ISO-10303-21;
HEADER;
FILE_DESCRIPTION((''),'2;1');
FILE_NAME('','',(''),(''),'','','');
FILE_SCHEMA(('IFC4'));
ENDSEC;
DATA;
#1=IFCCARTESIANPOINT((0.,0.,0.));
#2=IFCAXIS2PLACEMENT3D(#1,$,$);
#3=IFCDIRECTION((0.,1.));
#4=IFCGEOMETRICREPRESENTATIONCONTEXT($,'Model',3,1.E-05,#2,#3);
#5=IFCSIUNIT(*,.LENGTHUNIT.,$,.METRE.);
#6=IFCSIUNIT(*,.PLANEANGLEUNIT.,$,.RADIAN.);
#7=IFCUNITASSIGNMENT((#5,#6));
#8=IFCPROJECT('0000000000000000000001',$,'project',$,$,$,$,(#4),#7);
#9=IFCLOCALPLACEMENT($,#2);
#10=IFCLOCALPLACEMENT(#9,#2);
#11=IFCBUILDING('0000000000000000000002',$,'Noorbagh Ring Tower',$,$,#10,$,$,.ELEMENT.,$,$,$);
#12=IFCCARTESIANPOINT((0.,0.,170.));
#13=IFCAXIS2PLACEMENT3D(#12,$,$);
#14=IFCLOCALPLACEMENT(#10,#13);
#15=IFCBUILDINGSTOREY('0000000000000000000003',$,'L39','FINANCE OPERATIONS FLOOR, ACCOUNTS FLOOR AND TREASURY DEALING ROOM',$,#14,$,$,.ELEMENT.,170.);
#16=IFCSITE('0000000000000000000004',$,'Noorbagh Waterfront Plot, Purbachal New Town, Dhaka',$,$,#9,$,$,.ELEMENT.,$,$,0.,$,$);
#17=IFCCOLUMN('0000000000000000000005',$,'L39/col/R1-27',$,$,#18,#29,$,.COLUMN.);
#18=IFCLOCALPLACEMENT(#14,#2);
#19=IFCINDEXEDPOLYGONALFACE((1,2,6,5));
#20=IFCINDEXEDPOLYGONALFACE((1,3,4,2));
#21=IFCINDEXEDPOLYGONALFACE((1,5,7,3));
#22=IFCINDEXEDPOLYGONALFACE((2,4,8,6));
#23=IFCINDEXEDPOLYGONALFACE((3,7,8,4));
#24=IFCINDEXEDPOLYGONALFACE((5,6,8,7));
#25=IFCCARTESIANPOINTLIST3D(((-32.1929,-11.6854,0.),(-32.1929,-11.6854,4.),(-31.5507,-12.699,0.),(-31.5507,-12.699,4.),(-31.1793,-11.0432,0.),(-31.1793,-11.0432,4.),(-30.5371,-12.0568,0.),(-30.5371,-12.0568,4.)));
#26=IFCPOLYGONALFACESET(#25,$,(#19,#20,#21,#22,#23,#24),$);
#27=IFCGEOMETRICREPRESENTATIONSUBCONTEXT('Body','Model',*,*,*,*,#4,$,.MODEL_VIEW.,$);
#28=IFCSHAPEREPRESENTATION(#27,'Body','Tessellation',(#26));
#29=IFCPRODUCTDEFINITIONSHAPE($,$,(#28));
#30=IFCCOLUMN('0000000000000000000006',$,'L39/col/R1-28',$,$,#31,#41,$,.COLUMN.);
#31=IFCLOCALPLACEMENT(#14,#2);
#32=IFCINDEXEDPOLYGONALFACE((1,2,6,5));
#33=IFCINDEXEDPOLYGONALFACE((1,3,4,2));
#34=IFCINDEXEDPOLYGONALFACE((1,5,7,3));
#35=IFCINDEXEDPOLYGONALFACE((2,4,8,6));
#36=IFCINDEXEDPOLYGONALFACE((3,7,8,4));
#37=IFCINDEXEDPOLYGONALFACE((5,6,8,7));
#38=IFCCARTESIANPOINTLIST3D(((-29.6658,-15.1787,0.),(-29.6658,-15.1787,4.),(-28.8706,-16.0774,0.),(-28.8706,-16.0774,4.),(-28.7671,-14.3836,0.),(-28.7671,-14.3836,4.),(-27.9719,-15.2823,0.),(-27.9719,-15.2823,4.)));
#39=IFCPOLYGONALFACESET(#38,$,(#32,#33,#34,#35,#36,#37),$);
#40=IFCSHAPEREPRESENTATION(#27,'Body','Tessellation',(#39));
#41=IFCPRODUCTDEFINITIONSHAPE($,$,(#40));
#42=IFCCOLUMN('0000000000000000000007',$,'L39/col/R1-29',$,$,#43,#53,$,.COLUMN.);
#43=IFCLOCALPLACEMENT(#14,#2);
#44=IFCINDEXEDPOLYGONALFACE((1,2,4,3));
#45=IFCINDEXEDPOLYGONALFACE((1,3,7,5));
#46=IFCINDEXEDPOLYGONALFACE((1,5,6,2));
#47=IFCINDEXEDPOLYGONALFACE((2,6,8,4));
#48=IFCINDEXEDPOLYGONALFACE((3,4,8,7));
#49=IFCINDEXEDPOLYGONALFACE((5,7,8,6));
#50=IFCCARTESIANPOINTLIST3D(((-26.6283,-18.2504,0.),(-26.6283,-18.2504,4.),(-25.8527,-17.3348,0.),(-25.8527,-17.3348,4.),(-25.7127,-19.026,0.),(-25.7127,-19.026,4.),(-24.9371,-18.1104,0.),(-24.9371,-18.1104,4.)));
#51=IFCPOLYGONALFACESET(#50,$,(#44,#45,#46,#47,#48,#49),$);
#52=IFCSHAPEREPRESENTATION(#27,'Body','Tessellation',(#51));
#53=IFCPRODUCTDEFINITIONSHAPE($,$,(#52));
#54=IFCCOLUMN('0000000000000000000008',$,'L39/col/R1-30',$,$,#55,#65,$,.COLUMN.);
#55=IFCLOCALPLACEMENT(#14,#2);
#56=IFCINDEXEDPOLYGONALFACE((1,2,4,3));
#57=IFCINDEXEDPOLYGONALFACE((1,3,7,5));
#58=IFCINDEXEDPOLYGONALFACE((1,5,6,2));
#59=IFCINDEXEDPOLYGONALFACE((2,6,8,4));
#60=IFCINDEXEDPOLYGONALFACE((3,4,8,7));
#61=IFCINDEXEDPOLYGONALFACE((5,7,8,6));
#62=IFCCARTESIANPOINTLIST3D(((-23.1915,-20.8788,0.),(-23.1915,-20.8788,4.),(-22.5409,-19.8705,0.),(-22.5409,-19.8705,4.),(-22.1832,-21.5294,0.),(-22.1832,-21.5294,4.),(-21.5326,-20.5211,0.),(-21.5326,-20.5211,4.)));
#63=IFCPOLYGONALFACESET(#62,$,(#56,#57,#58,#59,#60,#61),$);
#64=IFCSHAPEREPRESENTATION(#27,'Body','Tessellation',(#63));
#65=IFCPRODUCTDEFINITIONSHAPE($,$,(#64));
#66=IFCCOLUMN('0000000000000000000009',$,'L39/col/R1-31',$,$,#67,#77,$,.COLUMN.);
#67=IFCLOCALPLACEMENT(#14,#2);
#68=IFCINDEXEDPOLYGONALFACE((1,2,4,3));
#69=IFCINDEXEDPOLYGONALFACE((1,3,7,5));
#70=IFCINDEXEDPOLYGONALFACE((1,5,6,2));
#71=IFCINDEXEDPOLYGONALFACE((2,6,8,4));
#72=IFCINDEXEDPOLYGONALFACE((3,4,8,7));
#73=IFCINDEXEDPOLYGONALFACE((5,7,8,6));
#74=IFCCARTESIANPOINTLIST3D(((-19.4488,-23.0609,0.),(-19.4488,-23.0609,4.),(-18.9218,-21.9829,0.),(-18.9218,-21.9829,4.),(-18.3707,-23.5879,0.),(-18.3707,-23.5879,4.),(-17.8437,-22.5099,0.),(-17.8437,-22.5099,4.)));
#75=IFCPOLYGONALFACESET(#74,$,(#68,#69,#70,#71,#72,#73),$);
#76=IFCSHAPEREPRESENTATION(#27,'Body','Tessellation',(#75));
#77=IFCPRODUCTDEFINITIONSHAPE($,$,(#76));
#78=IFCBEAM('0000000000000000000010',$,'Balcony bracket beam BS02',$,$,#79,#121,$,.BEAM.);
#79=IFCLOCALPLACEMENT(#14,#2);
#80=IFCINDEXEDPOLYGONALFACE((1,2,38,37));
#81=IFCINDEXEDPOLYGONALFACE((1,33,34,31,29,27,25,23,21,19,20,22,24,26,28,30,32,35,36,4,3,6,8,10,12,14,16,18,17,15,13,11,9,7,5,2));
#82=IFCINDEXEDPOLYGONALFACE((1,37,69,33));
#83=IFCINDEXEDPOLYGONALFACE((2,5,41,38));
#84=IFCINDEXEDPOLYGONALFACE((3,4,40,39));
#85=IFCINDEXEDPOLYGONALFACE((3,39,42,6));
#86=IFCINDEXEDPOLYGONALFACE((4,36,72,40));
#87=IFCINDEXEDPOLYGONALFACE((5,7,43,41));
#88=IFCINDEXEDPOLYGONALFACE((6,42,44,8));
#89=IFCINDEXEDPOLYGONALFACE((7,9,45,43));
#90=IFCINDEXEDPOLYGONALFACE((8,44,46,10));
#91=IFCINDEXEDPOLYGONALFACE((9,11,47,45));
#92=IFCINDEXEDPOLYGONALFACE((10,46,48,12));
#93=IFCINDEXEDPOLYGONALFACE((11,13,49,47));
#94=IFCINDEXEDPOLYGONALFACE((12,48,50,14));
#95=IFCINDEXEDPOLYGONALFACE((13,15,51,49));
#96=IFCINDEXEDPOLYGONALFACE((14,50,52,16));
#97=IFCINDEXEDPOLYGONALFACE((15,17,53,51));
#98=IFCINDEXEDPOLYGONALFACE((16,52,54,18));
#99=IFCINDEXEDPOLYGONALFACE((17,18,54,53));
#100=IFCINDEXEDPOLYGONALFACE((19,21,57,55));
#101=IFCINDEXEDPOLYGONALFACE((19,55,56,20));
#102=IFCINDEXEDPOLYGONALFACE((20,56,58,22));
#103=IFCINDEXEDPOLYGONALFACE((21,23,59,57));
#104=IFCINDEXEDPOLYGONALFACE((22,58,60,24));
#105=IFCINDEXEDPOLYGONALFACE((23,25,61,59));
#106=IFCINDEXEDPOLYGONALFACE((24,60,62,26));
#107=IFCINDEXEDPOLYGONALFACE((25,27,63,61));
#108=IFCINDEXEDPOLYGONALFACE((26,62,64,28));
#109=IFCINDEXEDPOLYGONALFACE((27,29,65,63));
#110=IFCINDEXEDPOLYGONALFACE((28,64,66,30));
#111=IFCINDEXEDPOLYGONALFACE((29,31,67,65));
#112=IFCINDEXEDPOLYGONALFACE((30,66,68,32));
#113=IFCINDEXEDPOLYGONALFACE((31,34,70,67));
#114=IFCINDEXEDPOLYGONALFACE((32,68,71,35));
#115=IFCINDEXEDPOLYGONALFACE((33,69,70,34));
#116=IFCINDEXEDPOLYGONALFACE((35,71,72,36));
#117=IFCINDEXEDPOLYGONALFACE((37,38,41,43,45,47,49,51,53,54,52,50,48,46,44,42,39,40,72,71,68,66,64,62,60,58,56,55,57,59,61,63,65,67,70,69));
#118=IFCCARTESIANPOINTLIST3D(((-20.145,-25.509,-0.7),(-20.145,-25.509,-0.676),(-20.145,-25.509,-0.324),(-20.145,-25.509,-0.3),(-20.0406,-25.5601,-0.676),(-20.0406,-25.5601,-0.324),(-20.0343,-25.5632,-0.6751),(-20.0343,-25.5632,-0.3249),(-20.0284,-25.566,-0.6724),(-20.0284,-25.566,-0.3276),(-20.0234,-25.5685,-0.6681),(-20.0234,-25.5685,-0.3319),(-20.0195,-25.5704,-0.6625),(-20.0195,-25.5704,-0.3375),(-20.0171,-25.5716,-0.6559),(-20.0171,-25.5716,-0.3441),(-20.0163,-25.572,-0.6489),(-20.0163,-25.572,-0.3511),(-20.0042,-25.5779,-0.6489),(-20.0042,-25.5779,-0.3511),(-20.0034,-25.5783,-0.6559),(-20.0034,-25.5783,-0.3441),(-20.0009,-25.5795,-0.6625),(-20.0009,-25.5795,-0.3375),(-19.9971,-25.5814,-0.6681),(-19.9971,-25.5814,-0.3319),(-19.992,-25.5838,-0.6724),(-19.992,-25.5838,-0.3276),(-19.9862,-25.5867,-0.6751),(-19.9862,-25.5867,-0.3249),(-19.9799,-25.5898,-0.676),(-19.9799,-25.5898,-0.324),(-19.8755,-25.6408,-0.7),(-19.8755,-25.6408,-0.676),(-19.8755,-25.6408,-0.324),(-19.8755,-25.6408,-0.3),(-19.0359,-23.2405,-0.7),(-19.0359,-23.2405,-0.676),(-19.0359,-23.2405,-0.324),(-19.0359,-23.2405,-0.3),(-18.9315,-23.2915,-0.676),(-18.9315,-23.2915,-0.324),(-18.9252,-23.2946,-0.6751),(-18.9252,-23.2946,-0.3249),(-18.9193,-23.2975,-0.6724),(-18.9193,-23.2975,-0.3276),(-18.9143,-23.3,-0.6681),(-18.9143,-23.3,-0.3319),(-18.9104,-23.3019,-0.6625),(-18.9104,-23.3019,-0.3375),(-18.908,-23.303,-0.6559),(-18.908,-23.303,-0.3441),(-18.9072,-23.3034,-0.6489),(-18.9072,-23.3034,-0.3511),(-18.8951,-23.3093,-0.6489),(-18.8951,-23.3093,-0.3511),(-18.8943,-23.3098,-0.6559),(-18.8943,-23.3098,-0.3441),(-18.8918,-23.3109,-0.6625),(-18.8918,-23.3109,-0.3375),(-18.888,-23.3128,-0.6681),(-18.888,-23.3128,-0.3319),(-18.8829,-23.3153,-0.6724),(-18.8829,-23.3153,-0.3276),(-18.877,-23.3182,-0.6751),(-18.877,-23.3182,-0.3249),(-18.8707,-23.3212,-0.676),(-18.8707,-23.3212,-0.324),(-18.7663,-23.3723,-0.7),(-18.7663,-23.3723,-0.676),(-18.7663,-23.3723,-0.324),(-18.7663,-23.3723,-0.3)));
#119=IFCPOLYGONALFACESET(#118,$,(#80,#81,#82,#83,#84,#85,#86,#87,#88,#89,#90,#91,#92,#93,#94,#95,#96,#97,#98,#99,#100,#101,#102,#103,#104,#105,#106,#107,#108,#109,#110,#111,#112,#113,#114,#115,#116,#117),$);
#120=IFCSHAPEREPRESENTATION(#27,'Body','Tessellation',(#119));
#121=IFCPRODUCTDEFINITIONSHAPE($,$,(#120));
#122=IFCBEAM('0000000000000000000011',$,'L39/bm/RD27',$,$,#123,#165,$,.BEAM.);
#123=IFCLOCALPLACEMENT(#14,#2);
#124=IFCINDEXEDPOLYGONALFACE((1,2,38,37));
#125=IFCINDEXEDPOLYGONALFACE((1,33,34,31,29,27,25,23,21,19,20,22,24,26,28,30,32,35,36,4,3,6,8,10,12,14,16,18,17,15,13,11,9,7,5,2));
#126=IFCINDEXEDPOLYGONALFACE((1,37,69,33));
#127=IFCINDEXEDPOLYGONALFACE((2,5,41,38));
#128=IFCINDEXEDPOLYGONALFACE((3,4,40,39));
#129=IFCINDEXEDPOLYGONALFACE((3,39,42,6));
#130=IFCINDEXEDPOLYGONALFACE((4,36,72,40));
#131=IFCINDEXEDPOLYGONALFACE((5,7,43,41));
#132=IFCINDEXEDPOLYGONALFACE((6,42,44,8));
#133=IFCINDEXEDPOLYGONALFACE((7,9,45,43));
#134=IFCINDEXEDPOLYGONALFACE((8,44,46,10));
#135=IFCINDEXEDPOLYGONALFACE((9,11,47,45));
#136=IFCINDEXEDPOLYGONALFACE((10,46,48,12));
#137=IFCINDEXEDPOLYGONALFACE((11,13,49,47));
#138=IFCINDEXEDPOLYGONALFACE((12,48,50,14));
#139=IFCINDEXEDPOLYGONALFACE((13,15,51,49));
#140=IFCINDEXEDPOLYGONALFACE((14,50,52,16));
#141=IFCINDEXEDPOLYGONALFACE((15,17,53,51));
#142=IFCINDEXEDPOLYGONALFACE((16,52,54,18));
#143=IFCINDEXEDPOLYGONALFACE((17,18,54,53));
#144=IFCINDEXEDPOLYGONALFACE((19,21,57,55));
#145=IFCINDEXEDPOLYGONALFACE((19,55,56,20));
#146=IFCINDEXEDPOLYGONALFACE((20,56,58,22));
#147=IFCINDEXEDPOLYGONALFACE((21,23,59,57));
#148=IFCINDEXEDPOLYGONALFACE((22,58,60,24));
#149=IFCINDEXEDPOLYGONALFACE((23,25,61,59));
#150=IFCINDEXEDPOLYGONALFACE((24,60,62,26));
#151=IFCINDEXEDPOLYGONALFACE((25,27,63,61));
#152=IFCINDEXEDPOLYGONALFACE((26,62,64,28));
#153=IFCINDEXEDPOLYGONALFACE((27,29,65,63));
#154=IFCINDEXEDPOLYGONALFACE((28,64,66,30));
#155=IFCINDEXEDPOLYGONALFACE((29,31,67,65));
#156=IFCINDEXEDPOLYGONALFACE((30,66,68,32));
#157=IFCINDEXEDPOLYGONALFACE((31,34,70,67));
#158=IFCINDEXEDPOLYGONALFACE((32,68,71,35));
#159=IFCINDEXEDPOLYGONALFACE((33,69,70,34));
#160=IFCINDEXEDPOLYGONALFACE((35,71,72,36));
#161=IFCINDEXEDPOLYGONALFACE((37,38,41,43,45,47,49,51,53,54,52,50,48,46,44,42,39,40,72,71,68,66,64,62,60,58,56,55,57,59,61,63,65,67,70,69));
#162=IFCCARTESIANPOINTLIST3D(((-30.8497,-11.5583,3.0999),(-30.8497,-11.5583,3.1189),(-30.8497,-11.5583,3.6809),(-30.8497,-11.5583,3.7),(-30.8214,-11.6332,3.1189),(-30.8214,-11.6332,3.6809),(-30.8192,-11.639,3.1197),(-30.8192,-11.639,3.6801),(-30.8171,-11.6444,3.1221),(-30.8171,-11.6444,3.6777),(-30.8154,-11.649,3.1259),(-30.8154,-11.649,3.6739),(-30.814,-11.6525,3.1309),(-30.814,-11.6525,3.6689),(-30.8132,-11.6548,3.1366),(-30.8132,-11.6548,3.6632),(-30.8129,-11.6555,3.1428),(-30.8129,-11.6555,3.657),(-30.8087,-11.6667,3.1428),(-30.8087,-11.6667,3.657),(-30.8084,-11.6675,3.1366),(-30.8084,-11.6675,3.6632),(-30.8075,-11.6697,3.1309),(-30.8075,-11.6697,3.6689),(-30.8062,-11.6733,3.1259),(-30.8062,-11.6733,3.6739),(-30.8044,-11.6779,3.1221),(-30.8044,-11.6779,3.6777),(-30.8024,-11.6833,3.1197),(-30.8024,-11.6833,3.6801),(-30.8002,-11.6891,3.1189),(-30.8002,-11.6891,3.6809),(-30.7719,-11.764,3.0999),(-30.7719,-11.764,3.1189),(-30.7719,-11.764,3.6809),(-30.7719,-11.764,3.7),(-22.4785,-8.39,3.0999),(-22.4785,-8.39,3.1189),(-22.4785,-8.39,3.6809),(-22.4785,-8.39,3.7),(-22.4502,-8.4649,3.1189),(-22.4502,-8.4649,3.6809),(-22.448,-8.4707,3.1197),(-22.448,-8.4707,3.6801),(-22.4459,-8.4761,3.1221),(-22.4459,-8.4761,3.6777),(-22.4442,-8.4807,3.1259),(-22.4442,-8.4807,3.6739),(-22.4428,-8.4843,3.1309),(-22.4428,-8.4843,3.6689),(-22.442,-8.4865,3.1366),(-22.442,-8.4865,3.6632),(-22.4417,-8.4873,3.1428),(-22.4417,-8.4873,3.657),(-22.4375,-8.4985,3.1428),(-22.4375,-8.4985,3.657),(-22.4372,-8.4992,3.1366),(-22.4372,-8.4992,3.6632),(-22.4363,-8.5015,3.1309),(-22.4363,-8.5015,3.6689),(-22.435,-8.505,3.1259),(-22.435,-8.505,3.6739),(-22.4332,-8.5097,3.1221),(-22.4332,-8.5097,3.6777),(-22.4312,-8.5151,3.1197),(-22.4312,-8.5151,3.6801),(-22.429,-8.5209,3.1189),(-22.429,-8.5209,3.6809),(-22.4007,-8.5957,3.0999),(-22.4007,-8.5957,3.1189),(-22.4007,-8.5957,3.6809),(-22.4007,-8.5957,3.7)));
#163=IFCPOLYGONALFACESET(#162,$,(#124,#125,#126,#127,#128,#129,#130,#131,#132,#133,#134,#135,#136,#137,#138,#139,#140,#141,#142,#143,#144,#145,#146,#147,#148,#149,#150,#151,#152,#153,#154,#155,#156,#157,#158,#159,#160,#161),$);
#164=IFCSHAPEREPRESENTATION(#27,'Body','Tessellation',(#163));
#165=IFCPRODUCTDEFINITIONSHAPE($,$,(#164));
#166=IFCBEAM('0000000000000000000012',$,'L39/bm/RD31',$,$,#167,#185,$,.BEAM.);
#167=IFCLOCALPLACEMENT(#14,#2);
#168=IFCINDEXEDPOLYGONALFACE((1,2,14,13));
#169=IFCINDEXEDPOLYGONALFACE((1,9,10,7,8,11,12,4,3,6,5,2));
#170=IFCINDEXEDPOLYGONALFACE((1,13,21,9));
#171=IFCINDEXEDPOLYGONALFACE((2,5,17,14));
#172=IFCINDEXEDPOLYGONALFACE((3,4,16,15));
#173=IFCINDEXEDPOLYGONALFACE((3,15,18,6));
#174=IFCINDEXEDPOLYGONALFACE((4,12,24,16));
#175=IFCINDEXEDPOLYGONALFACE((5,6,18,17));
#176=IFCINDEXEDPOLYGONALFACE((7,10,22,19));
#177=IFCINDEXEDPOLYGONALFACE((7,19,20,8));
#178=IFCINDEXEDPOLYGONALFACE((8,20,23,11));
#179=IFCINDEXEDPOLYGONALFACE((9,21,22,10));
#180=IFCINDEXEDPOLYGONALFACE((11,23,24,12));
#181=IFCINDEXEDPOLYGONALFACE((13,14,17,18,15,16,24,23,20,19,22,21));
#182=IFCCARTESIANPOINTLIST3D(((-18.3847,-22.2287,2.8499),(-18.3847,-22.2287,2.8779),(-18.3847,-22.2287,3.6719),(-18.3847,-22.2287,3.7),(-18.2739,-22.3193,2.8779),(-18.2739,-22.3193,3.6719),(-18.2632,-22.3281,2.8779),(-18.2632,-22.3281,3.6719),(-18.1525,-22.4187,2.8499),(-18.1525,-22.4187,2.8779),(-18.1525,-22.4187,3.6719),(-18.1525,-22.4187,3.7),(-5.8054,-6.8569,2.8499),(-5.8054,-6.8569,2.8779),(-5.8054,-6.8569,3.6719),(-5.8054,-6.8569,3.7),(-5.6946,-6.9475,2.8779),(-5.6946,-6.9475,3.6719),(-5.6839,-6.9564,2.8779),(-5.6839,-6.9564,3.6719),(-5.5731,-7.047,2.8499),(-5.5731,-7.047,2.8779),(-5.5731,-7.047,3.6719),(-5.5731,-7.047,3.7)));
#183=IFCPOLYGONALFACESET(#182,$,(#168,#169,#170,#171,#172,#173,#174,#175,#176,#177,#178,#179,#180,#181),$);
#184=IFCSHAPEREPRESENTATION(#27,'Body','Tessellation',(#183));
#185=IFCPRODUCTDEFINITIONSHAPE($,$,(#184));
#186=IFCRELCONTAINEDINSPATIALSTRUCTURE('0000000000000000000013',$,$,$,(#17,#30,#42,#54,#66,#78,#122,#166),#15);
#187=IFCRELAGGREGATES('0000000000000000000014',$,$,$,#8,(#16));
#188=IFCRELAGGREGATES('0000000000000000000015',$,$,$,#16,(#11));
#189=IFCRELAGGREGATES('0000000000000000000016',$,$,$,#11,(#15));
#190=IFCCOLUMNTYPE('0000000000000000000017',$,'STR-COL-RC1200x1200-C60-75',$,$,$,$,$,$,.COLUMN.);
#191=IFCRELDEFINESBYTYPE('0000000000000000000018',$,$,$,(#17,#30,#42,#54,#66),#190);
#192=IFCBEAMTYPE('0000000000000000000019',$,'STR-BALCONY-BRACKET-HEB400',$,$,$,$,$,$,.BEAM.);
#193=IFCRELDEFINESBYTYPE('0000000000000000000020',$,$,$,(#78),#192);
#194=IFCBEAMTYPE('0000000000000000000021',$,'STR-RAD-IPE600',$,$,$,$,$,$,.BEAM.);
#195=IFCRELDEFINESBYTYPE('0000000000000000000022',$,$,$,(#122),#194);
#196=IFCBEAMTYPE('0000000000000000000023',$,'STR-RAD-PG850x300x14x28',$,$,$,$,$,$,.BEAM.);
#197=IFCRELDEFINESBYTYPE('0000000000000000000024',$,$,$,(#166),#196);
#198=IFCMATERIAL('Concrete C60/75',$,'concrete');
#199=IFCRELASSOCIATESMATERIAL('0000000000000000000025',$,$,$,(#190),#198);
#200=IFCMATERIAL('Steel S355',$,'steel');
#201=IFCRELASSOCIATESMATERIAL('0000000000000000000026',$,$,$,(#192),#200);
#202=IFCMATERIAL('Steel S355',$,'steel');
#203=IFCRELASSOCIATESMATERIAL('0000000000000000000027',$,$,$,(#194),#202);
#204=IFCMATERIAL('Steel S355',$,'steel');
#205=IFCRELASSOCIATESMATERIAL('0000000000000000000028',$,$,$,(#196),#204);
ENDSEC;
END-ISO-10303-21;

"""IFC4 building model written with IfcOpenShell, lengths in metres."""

from ifc_helpers import new_model, si_unit, direction, frame, origin, origin_2d, place, context, subcontext, project, spatial, rectangle, i_section, extrude, material, material_profile, profile_set, type_object, element, save


model = new_model("IFC4")

# Units and contexts
model_context = context("Model", 3, precision=1e-05, world=origin(), true_north=direction((0.0, 1.0)))
body_context = subcontext(model_context, "Body", "Model", "MODEL_VIEW")
ifc_project = project(units=[si_unit("LENGTHUNIT", "METRE"), si_unit("PLANEANGLEUNIT", "RADIAN")], contexts=[model_context])

# Site, building, storey
site_placement = place(None, origin())
site = spatial("IfcSite", under=ifc_project, at=site_placement, Name="Noorbagh Waterfront Plot, Purbachal New Town, Dhaka", CompositionType="ELEMENT", RefElevation=0.0)
building_placement = place(site_placement, origin())
building = spatial("IfcBuilding", under=site, at=building_placement, Name="Noorbagh Ring Tower", CompositionType="ELEMENT")
storey_placement = place(building_placement, frame((0.0, 0.0, 170.0)))
storey = spatial("IfcBuildingStorey", under=building, at=storey_placement, Name="L39", Description="FINANCE OPERATIONS FLOOR, ACCOUNTS FLOOR AND TREASURY DEALING ROOM", CompositionType="ELEMENT", Elevation=170.0)

# Columns
ifc_material_1 = material(Name="Concrete C60/75", Category="concrete")
ifc_material_profile_1 = material_profile(ifc_material_1, rectangle(XDim=1.2, YDim=1.2, at=origin_2d()), Name="RC1200x1200")
ifc_profile_set_1 = profile_set([ifc_material_profile_1], Name="Concrete C60/75")
column_type = type_object("IfcColumnType", Name="STR-COL-RC1200x1200-C60-75", PredefinedType="COLUMN", material=ifc_profile_set_1)
for number, where, z_axis, x_axis, name in (
    (1, (-31.365, -11.8711, 0.0), (0.0, 0.0, 1.0), (0.53519, -0.844731, 0.0), "L39/col/R1-27"),
    (2, (-28.8188, -15.2305, 0.0), (0.0, 0.0, 1.0), (0.662636, -0.748942, 0.0), "L39/col/R1-28"),
    (3, (-25.7827, -18.1804, 0.0), (0.0, 0.0, 1.0), (0.763035, -0.646357, 0.0), "L39/col/R1-29"),
    (4, (-22.3621, -20.7, 0.0), (0.0, 0.0, 1.0), (0.840248, -0.542203, 0.0), "L39/col/R1-30"),
    (5, (-18.6462, -22.7854, 0.0), (0.0, 0.0, 1.0), (0.898399, -0.43918, 0.0), "L39/col/R1-31"),
):
    element("IfcColumn", number, at=place(storey_placement, frame(where, z_axis=z_axis, x_axis=x_axis)), inside=storey, type_object=column_type, Name=name, PredefinedType="COLUMN", context=body_context, shape_type="SweptSolid", body=[
        extrude(rectangle(XDim=1.2, YDim=1.2, at=origin_2d()), origin(), (0.0, 0.0, 1.0), 4.0),
    ])

# Beams
ifc_material_2 = material(Name="Steel S355", Category="steel")
ifc_material_profile_2 = material_profile(ifc_material_2, i_section(OverallWidth=0.3, OverallDepth=0.3999, WebThickness=0.0134, FlangeThickness=0.0239, FilletRadius=0.0271, at=origin_2d()), Name="HEB400")
ifc_profile_set_2 = profile_set([ifc_material_profile_2], Name="Steel S355")
beam_type_1 = type_object("IfcBeamType", Name="STR-BALCONY-BRACKET-HEB400", PredefinedType="BEAM", material=ifc_profile_set_2)
beam_1_placement = place(storey_placement, frame((-18.9011, -23.3064, -0.5), z_axis=(-0.439229, -0.898375, 0.0), x_axis=(0.898375, -0.439229, 0.0)))
element("IfcBeam", 6, at=beam_1_placement, inside=storey, type_object=beam_type_1, Name="Balcony bracket beam BS02", PredefinedType="BEAM", context=body_context, shape_type="SweptSolid", body=[
    extrude(i_section(OverallWidth=0.3, OverallDepth=0.3999, WebThickness=0.0134, FlangeThickness=0.0239, FilletRadius=0.0271, at=origin_2d()), origin(), (0.0, 0.0, 1.0), 2.5251),
])
ifc_material_3 = material(Name="Steel S355", Category="steel")
ifc_material_profile_3 = material_profile(ifc_material_3, i_section(OverallWidth=0.22, OverallDepth=0.6001, WebThickness=0.012, FlangeThickness=0.019, FilletRadius=0.0239, at=origin_2d()), Name="IPE600")
ifc_profile_set_3 = profile_set([ifc_material_profile_3], Name="Steel S355")
beam_type_2 = type_object("IfcBeamType", Name="STR-RAD-IPE600", PredefinedType="BEAM", material=ifc_profile_set_3)
beam_2_placement = place(storey_placement, frame((-30.8108, -11.6611, 3.3999), z_axis=(0.935258, 0.353968, 0.0), x_axis=(-0.353968, 0.935258, 0.0)))
element("IfcBeam", 7, at=beam_2_placement, inside=storey, type_object=beam_type_2, Name="L39/bm/RD27", PredefinedType="BEAM", context=body_context, shape_type="SweptSolid", body=[
    extrude(i_section(OverallWidth=0.22, OverallDepth=0.6001, WebThickness=0.012, FlangeThickness=0.019, FilletRadius=0.0239, at=origin_2d()), origin(), (0.0, 0.0, 1.0), 8.9507),
])
ifc_material_4 = material(Name="Steel S355", Category="steel")
ifc_material_profile_4 = material_profile(ifc_material_4, i_section(OverallWidth=0.3, OverallDepth=0.8501, WebThickness=0.0139, FlangeThickness=0.0281, at=origin_2d()), Name="PG850x300x14x28")
ifc_profile_set_4 = profile_set([ifc_material_profile_4], Name="Steel S355")
beam_type_3 = type_object("IfcBeamType", Name="STR-RAD-PG850x300x14x28", PredefinedType="BEAM", material=ifc_profile_set_4)
beam_3_placement = place(storey_placement, frame((-18.2686, -22.3237, 3.2749), z_axis=(0.63331, 0.773898, 0.0), x_axis=(-0.773898, 0.63331, 0.0)))
element("IfcBeam", 8, at=beam_3_placement, inside=storey, type_object=beam_type_3, Name="L39/bm/RD31", PredefinedType="BEAM", context=body_context, shape_type="SweptSolid", body=[
    extrude(i_section(OverallWidth=0.3, OverallDepth=0.8501, WebThickness=0.0139, FlangeThickness=0.0281, at=origin_2d()), origin(), (0.0, 0.0, 1.0), 19.8628),
])

save(model, "model.ifc")
